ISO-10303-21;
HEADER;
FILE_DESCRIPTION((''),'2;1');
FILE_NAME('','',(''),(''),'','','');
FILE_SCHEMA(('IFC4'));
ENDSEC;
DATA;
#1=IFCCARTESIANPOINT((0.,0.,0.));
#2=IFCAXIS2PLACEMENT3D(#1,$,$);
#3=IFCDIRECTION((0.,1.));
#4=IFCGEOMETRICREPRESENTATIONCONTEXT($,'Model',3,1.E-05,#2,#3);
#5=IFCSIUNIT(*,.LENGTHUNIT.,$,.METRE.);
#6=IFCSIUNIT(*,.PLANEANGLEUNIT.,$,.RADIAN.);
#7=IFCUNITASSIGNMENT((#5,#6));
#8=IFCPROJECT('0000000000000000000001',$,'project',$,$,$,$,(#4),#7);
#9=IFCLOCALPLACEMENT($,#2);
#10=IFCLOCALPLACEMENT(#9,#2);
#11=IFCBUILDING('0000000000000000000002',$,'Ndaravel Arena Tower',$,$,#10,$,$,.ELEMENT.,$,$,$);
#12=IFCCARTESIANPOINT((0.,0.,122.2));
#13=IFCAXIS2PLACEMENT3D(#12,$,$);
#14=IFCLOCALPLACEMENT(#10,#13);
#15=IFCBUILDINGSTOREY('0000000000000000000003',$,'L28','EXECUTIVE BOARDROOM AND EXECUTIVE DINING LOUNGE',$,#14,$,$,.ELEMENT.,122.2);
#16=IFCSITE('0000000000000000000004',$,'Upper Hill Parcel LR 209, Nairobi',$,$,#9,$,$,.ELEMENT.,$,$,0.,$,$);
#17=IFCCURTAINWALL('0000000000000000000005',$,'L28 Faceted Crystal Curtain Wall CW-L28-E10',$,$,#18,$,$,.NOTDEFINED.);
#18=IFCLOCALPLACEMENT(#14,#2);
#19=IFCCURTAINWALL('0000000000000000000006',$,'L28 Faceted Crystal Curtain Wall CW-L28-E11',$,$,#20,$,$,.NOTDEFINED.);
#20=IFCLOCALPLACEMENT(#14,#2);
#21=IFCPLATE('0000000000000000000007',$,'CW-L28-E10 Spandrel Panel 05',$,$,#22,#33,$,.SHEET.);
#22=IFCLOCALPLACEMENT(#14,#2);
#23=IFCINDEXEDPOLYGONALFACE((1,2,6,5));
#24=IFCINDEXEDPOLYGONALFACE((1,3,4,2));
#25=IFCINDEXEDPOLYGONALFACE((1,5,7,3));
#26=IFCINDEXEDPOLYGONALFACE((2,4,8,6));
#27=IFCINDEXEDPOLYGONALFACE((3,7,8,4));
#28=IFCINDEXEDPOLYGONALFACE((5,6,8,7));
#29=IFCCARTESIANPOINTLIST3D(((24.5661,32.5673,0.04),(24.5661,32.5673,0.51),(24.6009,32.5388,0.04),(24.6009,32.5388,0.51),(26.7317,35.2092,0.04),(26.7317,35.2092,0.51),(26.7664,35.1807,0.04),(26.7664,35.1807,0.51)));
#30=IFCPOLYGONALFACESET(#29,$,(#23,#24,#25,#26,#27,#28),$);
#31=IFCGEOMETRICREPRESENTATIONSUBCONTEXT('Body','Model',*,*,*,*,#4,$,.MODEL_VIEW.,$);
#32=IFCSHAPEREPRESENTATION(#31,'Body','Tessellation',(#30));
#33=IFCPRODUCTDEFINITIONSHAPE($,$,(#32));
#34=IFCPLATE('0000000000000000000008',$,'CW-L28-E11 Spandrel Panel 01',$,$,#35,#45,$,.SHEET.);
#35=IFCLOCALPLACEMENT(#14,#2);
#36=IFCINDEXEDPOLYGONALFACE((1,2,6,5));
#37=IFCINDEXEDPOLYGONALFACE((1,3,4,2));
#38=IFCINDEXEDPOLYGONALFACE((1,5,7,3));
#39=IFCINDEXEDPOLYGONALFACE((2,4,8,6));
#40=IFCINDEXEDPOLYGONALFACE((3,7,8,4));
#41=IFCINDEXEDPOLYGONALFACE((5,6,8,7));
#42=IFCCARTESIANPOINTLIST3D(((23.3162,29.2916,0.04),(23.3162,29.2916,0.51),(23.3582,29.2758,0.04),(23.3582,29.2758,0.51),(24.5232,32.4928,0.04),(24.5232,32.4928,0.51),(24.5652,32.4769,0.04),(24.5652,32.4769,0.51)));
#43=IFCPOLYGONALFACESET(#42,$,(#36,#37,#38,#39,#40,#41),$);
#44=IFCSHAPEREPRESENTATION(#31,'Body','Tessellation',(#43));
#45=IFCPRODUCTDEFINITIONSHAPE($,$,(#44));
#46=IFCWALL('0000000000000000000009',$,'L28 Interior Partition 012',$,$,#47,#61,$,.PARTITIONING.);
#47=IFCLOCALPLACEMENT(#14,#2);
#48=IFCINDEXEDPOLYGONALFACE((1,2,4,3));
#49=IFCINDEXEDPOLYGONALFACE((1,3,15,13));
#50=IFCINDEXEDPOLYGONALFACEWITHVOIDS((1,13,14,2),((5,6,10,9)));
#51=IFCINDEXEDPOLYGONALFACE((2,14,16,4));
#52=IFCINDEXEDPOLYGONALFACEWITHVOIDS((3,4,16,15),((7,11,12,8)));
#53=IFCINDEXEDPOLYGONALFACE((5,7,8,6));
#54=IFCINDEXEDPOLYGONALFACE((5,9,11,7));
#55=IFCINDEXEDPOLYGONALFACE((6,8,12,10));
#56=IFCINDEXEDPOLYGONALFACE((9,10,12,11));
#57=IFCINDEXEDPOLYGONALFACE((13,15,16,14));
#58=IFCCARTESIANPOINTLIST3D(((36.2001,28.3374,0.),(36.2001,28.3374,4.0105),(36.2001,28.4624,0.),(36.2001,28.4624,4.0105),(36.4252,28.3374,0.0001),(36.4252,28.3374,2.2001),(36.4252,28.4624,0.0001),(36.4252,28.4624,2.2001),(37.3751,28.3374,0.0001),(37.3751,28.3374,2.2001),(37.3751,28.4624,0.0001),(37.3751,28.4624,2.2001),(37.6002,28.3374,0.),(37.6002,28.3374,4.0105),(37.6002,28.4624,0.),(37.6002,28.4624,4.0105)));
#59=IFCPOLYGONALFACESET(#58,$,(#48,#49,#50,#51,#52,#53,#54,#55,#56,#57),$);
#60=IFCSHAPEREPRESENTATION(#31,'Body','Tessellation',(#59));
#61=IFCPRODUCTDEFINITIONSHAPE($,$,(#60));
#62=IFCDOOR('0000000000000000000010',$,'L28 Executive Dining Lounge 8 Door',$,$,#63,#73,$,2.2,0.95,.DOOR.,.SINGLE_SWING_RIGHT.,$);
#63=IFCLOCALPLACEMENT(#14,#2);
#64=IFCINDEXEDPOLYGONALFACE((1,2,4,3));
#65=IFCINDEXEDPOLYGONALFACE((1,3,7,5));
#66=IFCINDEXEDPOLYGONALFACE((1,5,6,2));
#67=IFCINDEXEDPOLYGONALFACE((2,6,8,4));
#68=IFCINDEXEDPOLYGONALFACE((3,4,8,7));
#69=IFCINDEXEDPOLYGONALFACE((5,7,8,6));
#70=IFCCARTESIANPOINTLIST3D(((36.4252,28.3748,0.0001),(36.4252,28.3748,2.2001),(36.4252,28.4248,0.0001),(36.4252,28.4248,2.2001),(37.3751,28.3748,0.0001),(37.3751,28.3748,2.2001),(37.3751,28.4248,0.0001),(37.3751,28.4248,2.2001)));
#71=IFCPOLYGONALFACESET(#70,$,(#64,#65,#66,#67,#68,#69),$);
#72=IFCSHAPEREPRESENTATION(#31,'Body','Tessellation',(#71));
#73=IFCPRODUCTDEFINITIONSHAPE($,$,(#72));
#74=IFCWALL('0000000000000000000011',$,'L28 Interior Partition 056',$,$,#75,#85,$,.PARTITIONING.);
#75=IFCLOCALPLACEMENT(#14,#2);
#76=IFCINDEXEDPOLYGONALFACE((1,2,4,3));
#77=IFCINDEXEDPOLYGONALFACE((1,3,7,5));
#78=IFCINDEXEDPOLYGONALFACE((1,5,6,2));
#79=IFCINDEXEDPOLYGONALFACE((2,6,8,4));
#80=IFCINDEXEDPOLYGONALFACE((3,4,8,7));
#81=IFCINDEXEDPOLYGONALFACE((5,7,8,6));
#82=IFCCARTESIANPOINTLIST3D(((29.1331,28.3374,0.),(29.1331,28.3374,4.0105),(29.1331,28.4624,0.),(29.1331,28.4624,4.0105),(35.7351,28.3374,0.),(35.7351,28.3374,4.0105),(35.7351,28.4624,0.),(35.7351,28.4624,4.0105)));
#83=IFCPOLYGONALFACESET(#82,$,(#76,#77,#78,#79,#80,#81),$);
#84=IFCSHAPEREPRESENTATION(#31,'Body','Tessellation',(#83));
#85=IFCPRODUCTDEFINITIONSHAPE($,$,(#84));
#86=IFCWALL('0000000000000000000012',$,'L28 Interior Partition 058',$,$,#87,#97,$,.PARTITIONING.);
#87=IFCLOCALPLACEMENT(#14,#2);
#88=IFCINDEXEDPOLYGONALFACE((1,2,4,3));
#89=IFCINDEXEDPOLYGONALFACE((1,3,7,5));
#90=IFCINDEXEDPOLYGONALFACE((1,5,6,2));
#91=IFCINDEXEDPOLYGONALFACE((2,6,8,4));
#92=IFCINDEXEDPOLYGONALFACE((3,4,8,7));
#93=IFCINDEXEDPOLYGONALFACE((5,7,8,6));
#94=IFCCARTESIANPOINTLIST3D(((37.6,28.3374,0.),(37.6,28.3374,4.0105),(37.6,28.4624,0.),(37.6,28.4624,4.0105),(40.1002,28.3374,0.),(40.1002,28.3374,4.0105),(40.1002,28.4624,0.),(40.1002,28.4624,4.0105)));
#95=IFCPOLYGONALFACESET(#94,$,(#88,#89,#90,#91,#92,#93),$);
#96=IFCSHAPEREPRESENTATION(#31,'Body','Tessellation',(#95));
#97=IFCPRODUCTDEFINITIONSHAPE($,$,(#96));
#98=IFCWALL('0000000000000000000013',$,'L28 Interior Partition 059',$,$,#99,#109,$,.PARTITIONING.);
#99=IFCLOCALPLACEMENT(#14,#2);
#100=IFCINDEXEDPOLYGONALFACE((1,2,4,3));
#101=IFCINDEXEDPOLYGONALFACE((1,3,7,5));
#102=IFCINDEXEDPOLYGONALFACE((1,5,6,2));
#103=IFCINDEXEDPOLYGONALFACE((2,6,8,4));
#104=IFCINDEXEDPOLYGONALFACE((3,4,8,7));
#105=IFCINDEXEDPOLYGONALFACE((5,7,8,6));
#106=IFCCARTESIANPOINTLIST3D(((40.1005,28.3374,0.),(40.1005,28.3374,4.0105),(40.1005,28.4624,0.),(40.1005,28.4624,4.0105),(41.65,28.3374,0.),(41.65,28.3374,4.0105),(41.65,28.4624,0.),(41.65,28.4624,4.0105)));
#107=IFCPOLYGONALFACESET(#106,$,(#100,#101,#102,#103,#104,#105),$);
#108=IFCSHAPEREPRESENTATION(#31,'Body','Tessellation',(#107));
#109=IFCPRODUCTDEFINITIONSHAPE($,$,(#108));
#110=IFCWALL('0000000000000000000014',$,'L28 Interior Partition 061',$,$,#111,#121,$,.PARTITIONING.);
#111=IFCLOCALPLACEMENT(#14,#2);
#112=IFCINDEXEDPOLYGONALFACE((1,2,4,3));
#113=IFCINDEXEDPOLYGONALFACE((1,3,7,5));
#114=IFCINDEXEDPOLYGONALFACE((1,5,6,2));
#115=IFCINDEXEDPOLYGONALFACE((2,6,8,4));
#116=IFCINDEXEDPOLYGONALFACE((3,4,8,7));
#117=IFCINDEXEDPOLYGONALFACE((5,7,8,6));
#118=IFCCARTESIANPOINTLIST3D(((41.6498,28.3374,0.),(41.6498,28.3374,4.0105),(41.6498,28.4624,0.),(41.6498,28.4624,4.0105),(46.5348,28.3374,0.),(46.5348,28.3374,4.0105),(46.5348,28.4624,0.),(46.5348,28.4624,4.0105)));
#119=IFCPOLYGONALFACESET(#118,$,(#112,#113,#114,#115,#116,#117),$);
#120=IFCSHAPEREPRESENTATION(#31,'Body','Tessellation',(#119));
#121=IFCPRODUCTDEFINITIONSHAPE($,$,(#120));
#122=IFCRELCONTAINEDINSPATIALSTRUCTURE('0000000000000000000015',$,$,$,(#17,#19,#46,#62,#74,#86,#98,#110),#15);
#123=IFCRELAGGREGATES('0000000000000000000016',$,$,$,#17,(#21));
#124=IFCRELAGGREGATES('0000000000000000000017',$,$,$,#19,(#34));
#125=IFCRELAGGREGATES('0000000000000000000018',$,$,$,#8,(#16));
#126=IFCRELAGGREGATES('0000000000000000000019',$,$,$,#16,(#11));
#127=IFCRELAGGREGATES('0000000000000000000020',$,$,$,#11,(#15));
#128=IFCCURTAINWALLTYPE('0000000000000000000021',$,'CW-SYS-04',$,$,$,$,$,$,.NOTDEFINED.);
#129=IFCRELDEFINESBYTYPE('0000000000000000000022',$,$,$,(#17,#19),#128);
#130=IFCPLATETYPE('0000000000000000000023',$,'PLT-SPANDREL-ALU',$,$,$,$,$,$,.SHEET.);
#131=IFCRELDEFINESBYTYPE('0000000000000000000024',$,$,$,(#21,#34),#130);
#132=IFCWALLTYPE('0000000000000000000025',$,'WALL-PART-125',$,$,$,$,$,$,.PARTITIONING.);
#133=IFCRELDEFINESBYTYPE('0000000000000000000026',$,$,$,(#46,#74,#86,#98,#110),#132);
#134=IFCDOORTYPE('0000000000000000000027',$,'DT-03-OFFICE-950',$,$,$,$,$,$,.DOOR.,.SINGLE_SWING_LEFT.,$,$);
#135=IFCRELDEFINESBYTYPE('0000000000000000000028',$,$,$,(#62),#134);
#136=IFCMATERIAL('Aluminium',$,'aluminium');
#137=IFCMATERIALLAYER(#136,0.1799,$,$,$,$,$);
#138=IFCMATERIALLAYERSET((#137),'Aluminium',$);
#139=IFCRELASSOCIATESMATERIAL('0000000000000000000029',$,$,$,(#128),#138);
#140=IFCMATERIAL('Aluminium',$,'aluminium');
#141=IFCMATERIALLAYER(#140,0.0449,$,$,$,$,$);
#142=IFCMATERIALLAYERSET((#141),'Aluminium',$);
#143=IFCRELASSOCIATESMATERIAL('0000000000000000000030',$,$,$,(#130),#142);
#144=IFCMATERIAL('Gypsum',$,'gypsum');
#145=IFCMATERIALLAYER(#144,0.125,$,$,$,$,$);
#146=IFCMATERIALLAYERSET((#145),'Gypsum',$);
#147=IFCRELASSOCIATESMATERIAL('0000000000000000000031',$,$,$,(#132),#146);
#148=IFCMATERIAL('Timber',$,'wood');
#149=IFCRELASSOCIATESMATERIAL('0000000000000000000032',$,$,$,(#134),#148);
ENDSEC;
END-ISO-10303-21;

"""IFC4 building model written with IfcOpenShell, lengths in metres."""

from ifc_helpers import new_model, si_unit, direction, frame, frame_2d, origin, origin_2d, place, context, subcontext, project, spatial, rectangle, extrude, material, layer, layer_set, type_object, element, fill, aggregate, save


model = new_model("IFC4")

# Units and contexts
model_context = context("Model", 3, precision=1e-05, world=origin(), true_north=direction((0.0, 1.0)))
body_context = subcontext(model_context, "Body", "Model", "MODEL_VIEW")
ifc_project = project(units=[si_unit("LENGTHUNIT", "METRE"), si_unit("PLANEANGLEUNIT", "RADIAN")], contexts=[model_context])

# Site, building, storey
site_placement = place(None, origin())
site = spatial("IfcSite", under=ifc_project, at=site_placement, Name="Upper Hill Parcel LR 209, Nairobi", CompositionType="ELEMENT", RefElevation=0.0)
building_placement = place(site_placement, origin())
building = spatial("IfcBuilding", under=site, at=building_placement, Name="Ndaravel Arena Tower", CompositionType="ELEMENT")
storey_placement = place(building_placement, frame((0.0, 0.0, 122.2)))
storey = spatial("IfcBuildingStorey", under=building, at=storey_placement, Name="L28", Description="EXECUTIVE BOARDROOM AND EXECUTIVE DINING LOUNGE", CompositionType="ELEMENT", Elevation=122.2)

# Curtain walls
ifc_material_1 = material(Name="Aluminium", Category="aluminium")
ifc_layer_1 = layer(ifc_material_1, 0.1799)
ifc_layer_set_1 = layer_set([ifc_layer_1], Name="Aluminium")
curtain_wall_type = type_object("IfcCurtainWallType", Name="CW-SYS-04", PredefinedType="NOTDEFINED", material=ifc_layer_set_1)
curtain_wall_1_placement = place(storey_placement, origin())
curtain_wall_1 = element("IfcCurtainWall", 1, at=curtain_wall_1_placement, inside=storey, type_object=curtain_wall_type, Name="L28 Faceted Crystal Curtain Wall CW-L28-E10", PredefinedType="NOTDEFINED")
curtain_wall_2_placement = place(storey_placement, origin())
curtain_wall_2 = element("IfcCurtainWall", 2, at=curtain_wall_2_placement, inside=storey, type_object=curtain_wall_type, Name="L28 Faceted Crystal Curtain Wall CW-L28-E11", PredefinedType="NOTDEFINED")

# Plates
ifc_material_2 = material(Name="Aluminium", Category="aluminium")
ifc_layer_2 = layer(ifc_material_2, 0.0449)
ifc_layer_set_2 = layer_set([ifc_layer_2], Name="Aluminium")
plate_type_1 = type_object("IfcPlateType", Name="PLT-SPANDREL-ALU", PredefinedType="SHEET", material=ifc_layer_set_2)
plate_1_placement = place(storey_placement, frame((25.6663, 33.874, 0.04), z_axis=(0.0, 0.0, 1.0), x_axis=(-0.633934, -0.773387, 0.0)))
plate_1 = element("IfcPlate", 3, at=plate_1_placement, type_object=plate_type_1, Name="CW-L28-E10 Spandrel Panel 05", PredefinedType="SHEET", context=body_context, shape_type="SweptSolid", body=[
    extrude(rectangle(XDim=3.416, YDim=0.0449, at=origin_2d()), origin(), (0.0, 0.0, 1.0), 0.47),
])
aggregate(curtain_wall_1, [plate_1])
plate_2_placement = place(storey_placement, frame((23.9407, 30.8843, 0.04), z_axis=(0.0, 0.0, 1.0), x_axis=(-0.352805, -0.935697, 0.0)))
plate_2 = element("IfcPlate", 4, at=plate_2_placement, type_object=plate_type_1, Name="CW-L28-E11 Spandrel Panel 01", PredefinedType="SHEET", context=body_context, shape_type="SweptSolid", body=[
    extrude(rectangle(XDim=3.4211, YDim=0.0449, at=origin_2d()), origin(), (0.0, 0.0, 1.0), 0.47),
])
aggregate(curtain_wall_2, [plate_2])

# Wall, opening, door
ifc_material_3 = material(Name="Gypsum", Category="gypsum")
ifc_layer_3 = layer(ifc_material_3, 0.125)
ifc_layer_set_3 = layer_set([ifc_layer_3], Name="Gypsum")
wall_type = type_object("IfcWallType", Name="WALL-PART-125", PredefinedType="PARTITIONING", material=ifc_layer_set_3)
wall_1_placement = place(storey_placement, frame((36.2, 28.3999, 0.0), z_axis=(0.0, 0.0, 1.0), x_axis=(1.0, 0.0, 0.0)))
wall_1 = element("IfcWall", 5, at=wall_1_placement, inside=storey, type_object=wall_type, Name="L28 Interior Partition 012", PredefinedType="PARTITIONING", context=body_context, shape_type="SweptSolid", body=[
    extrude(rectangle(XDim=1.4001, YDim=0.125, at=frame_2d((0.7002, 0.0))), origin(), (0.0, 0.0, 1.0), 4.0105),
])
opening_placement = place(wall_1_placement, frame((0.2251, 0.0, 0.0)))
opening = element("IfcOpeningElement", 6, at=opening_placement, cuts=wall_1, PredefinedType="OPENING", context=body_context, shape_type="SweptSolid", body=[
    extrude(rectangle(XDim=0.95, YDim=2.2, at=frame_2d((0.4751, 1.1001))), frame((0.0, 0.0625, 0.0), z_axis=(0.0, -1.0, 0.0), x_axis=(1.0, 0.0, 0.0)), (0.0, 0.0, 1.0), 0.125),
])
ifc_material_4 = material(Name="Timber", Category="wood")
door_type = type_object("IfcDoorType", Name="DT-03-OFFICE-950", OperationType="SINGLE_SWING_LEFT", PredefinedType="DOOR", material=ifc_material_4)
door_placement = place(opening_placement, origin())
door = element("IfcDoor", 7, at=door_placement, inside=storey, type_object=door_type, Name="L28 Executive Dining Lounge 8 Door", OperationType="SINGLE_SWING_RIGHT", OverallHeight=2.2, OverallWidth=0.95, PredefinedType="DOOR", context=body_context, shape_type="SweptSolid", body=[
    extrude(rectangle(XDim=0.95, YDim=2.2, at=frame_2d((0.4751, 1.1001))), frame((0.0, 0.0249, 0.0), z_axis=(0.0, -1.0, 0.0), x_axis=(1.0, 0.0, 0.0)), (0.0, 0.0, 1.0), 0.05),
])
fill(opening, door)

# Walls
wall_2_placement = place(storey_placement, frame((29.1331, 28.3999, 0.0), z_axis=(0.0, 0.0, 1.0), x_axis=(1.0, 0.0, 0.0)))
element("IfcWall", 8, at=wall_2_placement, inside=storey, type_object=wall_type, Name="L28 Interior Partition 056", PredefinedType="PARTITIONING", context=body_context, shape_type="SweptSolid", body=[
    extrude(rectangle(XDim=6.6021, YDim=0.125, at=frame_2d((3.301, 0.0))), origin(), (0.0, 0.0, 1.0), 4.0105),
])
wall_3_placement = place(storey_placement, frame((37.6001, 28.3999, 0.0), z_axis=(0.0, 0.0, 1.0), x_axis=(1.0, 0.0, 0.0)))
element("IfcWall", 9, at=wall_3_placement, inside=storey, type_object=wall_type, Name="L28 Interior Partition 058", PredefinedType="PARTITIONING", context=body_context, shape_type="SweptSolid", body=[
    extrude(rectangle(XDim=2.5002, YDim=0.125, at=frame_2d((1.25, 0.0))), origin(), (0.0, 0.0, 1.0), 4.0105),
])
wall_4_placement = place(storey_placement, frame((40.1003, 28.3999, 0.0), z_axis=(0.0, 0.0, 1.0), x_axis=(1.0, 0.0, 0.0)))
element("IfcWall", 10, at=wall_4_placement, inside=storey, type_object=wall_type, Name="L28 Interior Partition 059", PredefinedType="PARTITIONING", context=body_context, shape_type="SweptSolid", body=[
    extrude(rectangle(XDim=1.5496, YDim=0.125, at=frame_2d((0.7749, 0.0))), origin(), (0.0, 0.0, 1.0), 4.0105),
])
wall_5_placement = place(storey_placement, frame((41.6499, 28.3999, 0.0), z_axis=(0.0, 0.0, 1.0), x_axis=(1.0, 0.0, 0.0)))
element("IfcWall", 11, at=wall_5_placement, inside=storey, type_object=wall_type, Name="L28 Interior Partition 061", PredefinedType="PARTITIONING", context=body_context, shape_type="SweptSolid", body=[
    extrude(rectangle(XDim=4.885, YDim=0.125, at=frame_2d((2.4424, 0.0))), origin(), (0.0, 0.0, 1.0), 4.0105),
])

save(model, "model.ifc")
